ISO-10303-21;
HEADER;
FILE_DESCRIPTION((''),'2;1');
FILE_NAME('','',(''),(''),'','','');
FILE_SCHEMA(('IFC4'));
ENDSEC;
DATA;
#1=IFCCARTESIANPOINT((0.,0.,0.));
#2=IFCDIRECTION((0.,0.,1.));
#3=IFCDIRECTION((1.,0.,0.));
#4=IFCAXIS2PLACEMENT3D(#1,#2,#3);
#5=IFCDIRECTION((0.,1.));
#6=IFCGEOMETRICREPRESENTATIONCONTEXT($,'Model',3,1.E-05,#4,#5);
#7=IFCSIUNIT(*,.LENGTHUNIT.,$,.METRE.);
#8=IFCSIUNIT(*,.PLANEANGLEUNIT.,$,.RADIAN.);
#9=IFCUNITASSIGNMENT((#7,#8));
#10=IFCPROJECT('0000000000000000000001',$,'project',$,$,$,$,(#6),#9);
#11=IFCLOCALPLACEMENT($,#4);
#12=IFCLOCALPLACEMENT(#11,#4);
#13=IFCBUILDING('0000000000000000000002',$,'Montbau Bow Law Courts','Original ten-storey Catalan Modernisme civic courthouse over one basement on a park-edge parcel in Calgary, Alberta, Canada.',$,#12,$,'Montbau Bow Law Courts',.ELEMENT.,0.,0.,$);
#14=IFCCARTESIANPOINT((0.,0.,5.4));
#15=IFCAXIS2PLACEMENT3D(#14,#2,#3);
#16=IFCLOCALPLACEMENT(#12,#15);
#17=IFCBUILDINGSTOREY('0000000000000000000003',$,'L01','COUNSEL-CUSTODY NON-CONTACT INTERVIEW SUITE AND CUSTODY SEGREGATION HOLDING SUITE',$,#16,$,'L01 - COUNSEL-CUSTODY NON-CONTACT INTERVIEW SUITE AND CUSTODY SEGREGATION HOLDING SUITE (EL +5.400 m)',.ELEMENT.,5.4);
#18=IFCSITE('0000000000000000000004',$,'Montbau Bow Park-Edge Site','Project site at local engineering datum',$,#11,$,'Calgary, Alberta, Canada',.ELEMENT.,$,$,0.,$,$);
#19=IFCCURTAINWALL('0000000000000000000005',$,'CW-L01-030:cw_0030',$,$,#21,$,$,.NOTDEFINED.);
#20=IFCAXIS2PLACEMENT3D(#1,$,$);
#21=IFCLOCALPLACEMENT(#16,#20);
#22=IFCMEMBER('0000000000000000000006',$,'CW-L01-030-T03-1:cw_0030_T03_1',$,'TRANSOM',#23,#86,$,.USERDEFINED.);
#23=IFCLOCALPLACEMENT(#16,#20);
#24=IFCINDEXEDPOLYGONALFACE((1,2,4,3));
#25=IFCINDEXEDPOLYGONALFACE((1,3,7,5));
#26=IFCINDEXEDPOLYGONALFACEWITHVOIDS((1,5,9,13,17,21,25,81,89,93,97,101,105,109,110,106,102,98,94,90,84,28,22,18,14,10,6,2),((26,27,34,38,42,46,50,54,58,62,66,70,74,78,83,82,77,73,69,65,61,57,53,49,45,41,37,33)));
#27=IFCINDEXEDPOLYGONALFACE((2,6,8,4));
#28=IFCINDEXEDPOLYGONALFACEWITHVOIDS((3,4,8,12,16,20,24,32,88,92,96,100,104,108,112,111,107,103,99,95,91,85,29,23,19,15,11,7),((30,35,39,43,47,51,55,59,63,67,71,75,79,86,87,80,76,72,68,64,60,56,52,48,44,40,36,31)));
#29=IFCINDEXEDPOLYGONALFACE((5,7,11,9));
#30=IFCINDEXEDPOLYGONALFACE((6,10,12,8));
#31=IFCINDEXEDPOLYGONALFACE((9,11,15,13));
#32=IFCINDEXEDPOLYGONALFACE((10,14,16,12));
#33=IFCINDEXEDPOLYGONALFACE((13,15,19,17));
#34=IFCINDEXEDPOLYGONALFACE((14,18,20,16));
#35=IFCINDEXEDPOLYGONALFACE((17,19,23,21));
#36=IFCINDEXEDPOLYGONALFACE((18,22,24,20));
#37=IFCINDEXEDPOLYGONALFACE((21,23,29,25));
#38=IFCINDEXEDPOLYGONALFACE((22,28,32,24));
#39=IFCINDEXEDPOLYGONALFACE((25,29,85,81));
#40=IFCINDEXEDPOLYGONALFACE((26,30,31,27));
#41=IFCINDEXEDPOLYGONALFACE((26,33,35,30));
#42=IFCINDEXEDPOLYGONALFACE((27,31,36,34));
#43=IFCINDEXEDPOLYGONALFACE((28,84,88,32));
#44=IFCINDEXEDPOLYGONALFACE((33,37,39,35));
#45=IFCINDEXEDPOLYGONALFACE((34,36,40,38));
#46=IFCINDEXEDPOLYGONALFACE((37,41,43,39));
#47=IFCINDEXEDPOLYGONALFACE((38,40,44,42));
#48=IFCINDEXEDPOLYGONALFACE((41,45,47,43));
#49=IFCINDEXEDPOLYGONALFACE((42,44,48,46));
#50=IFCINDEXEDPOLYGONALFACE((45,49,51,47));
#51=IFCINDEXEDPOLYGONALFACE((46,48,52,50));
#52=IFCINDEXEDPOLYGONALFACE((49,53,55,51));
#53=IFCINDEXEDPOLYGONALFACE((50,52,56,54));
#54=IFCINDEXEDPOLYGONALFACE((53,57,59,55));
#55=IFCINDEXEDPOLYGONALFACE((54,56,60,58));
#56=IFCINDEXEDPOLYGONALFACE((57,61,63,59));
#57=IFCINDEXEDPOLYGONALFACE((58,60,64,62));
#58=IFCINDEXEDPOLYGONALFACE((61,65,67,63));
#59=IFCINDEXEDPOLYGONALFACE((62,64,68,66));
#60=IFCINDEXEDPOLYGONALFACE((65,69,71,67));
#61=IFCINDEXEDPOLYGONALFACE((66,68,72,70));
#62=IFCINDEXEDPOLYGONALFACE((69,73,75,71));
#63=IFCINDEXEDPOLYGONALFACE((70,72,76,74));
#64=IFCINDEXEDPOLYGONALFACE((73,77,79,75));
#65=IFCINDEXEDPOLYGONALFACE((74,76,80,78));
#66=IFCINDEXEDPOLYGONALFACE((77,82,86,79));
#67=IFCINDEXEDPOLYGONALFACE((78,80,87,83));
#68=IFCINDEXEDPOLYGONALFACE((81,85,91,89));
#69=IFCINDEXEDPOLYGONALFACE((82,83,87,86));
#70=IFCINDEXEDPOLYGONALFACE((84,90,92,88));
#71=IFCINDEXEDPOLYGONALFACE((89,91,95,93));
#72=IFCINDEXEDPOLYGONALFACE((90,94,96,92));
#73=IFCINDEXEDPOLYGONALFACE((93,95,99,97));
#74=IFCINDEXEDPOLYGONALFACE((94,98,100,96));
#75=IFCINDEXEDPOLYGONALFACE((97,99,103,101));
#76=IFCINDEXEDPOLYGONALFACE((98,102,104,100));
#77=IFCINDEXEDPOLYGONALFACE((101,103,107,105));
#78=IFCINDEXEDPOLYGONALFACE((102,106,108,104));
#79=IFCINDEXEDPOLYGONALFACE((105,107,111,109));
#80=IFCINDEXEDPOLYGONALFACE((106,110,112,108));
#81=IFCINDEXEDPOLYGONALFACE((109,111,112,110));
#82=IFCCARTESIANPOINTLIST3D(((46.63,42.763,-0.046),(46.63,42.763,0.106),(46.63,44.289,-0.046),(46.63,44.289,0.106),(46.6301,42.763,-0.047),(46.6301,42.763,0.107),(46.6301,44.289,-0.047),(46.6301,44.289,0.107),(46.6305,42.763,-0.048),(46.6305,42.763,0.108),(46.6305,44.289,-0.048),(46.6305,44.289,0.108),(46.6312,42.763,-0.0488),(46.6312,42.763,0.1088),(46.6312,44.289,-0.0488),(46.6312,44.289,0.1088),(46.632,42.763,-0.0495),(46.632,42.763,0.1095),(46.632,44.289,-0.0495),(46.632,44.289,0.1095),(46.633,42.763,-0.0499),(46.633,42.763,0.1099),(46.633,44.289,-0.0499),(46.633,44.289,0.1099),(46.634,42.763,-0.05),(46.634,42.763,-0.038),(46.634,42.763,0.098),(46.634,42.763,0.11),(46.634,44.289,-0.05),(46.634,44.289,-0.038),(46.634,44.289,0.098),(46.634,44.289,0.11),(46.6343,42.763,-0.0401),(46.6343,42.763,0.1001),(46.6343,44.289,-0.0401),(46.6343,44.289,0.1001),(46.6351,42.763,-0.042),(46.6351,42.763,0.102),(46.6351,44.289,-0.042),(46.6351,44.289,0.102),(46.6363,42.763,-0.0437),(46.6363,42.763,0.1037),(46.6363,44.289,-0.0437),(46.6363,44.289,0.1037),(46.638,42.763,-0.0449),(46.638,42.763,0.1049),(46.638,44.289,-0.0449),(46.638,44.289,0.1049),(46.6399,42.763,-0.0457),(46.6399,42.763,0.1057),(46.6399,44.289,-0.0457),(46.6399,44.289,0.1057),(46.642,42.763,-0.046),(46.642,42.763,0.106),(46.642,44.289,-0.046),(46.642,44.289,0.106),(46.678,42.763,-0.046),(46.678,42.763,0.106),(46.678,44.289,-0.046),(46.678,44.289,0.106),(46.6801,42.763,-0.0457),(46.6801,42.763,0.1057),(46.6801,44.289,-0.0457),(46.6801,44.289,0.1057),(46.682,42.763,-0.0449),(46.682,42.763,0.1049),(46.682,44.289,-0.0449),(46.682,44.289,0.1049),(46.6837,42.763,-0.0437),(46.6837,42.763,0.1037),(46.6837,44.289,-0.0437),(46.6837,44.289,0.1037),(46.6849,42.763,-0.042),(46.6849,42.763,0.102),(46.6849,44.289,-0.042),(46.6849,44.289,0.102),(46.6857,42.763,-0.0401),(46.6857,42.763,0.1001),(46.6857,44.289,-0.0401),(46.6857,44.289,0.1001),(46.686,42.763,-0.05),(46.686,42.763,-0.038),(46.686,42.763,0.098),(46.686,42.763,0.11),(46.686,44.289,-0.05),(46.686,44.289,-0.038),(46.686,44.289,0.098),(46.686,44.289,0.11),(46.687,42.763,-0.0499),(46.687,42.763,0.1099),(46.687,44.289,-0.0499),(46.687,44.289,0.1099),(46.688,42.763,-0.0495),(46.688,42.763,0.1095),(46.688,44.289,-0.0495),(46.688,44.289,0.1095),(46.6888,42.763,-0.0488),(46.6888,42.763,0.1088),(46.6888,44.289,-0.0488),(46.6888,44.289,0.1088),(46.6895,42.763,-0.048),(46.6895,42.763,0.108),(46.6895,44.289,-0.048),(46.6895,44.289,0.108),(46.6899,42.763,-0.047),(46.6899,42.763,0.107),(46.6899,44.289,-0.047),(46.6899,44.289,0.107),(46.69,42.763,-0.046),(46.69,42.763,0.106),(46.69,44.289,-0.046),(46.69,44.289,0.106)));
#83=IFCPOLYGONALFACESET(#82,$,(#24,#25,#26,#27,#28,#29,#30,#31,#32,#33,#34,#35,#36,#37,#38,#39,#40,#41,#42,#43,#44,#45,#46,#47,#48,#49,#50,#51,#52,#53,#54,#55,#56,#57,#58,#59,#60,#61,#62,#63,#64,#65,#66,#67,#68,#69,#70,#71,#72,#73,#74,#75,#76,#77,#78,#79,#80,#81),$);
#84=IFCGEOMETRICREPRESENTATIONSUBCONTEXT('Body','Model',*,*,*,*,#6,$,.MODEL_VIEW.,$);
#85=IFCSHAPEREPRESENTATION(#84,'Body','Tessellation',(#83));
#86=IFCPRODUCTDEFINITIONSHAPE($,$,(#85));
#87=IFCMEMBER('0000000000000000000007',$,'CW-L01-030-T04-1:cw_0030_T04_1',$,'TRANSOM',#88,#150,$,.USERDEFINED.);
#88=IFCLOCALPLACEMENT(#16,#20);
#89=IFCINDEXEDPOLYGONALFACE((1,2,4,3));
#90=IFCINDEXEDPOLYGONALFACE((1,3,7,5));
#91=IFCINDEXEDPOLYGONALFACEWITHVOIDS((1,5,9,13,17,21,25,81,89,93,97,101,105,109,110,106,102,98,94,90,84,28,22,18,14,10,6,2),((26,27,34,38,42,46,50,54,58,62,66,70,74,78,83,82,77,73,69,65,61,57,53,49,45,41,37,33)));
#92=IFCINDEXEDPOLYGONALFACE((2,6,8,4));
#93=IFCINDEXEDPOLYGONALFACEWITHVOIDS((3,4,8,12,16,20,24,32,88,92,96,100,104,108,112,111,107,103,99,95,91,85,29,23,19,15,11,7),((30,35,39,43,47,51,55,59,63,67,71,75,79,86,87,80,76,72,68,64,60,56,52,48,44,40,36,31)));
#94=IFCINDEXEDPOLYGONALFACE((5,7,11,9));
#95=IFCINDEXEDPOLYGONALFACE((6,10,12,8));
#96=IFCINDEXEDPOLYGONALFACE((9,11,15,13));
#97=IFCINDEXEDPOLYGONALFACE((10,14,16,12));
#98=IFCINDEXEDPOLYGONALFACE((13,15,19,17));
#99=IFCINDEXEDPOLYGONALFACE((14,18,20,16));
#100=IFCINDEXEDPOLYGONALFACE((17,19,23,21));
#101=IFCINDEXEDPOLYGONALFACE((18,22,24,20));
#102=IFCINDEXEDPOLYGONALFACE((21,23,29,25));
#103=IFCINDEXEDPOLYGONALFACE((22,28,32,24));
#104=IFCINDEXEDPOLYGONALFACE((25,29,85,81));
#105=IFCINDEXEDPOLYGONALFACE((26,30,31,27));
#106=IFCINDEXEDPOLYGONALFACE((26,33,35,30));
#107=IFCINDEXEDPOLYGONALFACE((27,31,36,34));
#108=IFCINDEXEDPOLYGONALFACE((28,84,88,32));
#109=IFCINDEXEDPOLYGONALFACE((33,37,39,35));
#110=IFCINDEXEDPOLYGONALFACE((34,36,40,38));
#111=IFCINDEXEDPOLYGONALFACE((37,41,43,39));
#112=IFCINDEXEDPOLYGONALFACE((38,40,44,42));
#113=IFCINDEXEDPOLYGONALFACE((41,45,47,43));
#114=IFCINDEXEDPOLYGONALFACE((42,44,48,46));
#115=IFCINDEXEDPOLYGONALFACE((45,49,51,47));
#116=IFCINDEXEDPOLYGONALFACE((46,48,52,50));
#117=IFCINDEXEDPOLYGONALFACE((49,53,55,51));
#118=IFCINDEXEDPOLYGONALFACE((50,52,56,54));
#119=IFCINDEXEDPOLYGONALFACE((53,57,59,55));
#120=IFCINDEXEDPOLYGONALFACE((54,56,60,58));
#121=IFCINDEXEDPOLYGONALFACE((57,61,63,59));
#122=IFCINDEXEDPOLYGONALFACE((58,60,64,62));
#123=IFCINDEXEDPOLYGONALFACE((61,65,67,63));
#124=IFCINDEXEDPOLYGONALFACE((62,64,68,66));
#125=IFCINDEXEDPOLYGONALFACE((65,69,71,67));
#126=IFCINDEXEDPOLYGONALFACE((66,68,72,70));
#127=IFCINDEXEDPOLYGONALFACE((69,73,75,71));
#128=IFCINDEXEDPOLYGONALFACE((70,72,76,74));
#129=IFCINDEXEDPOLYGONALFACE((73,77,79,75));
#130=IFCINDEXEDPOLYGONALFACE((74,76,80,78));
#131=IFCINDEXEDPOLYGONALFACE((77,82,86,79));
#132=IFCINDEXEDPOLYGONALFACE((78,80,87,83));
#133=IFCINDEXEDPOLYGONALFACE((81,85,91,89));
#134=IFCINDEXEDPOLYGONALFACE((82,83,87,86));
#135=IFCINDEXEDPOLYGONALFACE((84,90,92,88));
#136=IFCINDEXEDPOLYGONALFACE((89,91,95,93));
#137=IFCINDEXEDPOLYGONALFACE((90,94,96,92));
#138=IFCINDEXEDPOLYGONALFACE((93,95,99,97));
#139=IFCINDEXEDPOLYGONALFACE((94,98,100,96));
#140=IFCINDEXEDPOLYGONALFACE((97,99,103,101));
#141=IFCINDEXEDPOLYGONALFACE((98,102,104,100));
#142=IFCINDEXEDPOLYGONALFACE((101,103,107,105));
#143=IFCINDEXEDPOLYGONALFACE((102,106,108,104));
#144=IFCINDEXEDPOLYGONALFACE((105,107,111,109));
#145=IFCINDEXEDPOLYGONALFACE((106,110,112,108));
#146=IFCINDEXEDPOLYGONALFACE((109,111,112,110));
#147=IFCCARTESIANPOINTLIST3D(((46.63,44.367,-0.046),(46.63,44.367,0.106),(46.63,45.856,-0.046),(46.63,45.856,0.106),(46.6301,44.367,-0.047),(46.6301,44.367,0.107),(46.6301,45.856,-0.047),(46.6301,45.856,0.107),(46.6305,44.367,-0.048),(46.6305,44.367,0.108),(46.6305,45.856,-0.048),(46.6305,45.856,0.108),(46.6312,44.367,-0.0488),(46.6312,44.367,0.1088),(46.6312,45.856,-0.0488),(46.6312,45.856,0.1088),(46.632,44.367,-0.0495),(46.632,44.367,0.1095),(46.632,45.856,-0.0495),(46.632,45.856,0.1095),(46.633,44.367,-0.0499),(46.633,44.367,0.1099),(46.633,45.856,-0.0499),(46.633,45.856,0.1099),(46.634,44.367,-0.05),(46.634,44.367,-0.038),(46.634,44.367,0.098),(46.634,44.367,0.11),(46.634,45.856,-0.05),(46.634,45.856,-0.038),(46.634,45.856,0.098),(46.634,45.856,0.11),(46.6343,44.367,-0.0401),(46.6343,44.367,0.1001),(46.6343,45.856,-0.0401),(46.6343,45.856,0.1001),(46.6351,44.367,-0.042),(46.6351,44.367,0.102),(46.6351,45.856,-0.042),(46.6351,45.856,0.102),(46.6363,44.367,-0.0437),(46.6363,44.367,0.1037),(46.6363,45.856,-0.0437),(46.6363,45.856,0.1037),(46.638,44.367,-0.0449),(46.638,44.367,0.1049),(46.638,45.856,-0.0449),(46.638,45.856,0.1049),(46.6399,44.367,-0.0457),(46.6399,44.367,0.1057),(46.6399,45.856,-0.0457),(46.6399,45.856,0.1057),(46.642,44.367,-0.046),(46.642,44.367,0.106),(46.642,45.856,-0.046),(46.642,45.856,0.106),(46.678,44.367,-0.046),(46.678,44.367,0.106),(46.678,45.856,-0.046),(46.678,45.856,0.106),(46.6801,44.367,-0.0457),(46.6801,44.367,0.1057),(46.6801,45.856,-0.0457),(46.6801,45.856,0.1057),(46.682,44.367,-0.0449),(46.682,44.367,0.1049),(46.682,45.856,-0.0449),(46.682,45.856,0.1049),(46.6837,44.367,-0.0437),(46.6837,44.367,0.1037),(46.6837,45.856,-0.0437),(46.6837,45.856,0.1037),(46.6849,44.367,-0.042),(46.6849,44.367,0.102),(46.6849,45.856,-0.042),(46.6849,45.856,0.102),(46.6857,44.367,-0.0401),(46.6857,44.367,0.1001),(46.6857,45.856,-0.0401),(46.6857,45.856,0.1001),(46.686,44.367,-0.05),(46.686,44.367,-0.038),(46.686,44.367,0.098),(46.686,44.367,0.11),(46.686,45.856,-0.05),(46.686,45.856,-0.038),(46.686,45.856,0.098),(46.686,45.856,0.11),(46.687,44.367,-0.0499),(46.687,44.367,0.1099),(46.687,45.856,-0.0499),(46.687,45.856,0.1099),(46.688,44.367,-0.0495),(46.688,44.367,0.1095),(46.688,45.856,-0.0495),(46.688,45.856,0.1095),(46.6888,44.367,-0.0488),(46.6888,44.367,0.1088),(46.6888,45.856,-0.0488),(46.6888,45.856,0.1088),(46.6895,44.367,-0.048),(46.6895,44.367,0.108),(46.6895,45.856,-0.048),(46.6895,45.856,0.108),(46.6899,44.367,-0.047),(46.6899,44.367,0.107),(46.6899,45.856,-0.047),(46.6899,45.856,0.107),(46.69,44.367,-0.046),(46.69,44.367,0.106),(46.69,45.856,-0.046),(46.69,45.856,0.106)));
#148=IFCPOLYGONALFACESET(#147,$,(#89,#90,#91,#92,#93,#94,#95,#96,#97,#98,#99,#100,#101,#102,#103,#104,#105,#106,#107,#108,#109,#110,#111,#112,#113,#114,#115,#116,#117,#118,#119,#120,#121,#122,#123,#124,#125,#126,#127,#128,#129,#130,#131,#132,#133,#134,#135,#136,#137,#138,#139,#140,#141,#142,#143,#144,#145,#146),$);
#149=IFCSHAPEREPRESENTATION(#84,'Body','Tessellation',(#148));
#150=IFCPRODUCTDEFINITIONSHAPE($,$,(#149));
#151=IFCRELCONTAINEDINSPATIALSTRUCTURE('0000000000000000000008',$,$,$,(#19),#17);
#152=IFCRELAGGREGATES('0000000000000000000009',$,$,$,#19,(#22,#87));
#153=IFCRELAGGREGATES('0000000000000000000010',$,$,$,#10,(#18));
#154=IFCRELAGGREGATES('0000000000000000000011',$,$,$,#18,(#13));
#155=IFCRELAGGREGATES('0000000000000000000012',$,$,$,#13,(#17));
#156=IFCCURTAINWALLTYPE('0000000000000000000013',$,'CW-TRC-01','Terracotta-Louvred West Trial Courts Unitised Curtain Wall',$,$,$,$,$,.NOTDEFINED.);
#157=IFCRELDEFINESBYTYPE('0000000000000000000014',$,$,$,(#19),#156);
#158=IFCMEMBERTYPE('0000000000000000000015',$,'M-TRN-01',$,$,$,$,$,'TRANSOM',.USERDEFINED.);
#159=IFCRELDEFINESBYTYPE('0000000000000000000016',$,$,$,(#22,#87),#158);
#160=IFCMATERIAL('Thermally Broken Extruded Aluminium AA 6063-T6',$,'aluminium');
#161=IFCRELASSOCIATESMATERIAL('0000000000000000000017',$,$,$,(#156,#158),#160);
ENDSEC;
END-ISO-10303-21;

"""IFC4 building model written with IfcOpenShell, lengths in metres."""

from ifc_helpers import new_model, si_unit, direction, frame, origin_with_axes, origin_2d_with_axis, place, context, subcontext, project, spatial, hollow_rectangle, extrude, material, material_profile, profile_set, type_object, element, aggregate, save


model = new_model("IFC4")

# Units and contexts
model_context = context("Model", 3, precision=1e-05, world=origin_with_axes(), true_north=direction((0.0, 1.0)))
body_context = subcontext(model_context, "Body", "Model", "MODEL_VIEW")
ifc_project = project(units=[si_unit("LENGTHUNIT", "METRE"), si_unit("PLANEANGLEUNIT", "RADIAN")], contexts=[model_context])

# Site, building, storey
site_placement = place(None, origin_with_axes())
site = spatial("IfcSite", under=ifc_project, at=site_placement, Name="Montbau Bow Park-Edge Site", Description="Project site at local engineering datum", LongName="Calgary, Alberta, Canada", CompositionType="ELEMENT", RefElevation=0.0)
building_placement = place(site_placement, origin_with_axes())
building = spatial("IfcBuilding", under=site, at=building_placement, Name="Montbau Bow Law Courts", Description="Original ten-storey Catalan Modernisme civic courthouse over one basement on a park-edge parcel in Calgary, Alberta, Canada.", LongName="Montbau Bow Law Courts", CompositionType="ELEMENT", ElevationOfRefHeight=0.0, ElevationOfTerrain=0.0)
storey_placement = place(building_placement, frame((0.0, 0.0, 5.4), z_axis=(0.0, 0.0, 1.0), x_axis=(1.0, 0.0, 0.0)))
storey = spatial("IfcBuildingStorey", under=building, at=storey_placement, Name="L01", Description="COUNSEL-CUSTODY NON-CONTACT INTERVIEW SUITE AND CUSTODY SEGREGATION HOLDING SUITE", LongName="L01 - COUNSEL-CUSTODY NON-CONTACT INTERVIEW SUITE AND CUSTODY SEGREGATION HOLDING SUITE (EL +5.400 m)", CompositionType="ELEMENT", Elevation=5.4)

# Curtain wall
ifc_material_1 = material(Name="Thermally Broken Extruded Aluminium AA 6063-T6", Category="aluminium")
curtain_wall_type_1 = type_object("IfcCurtainWallType", Name="CW-TRC-01", Description="Terracotta-Louvred West Trial Courts Unitised Curtain Wall", PredefinedType="NOTDEFINED", material=ifc_material_1)
curtain_wall_1_placement = place(None, frame((46.66, 39.515, 5.4), z_axis=(0.0, 0.0, 1.0), x_axis=(1.0, 0.0, 0.0)))
curtain_wall_1 = element("IfcCurtainWall", 1, at=curtain_wall_1_placement, inside=storey, type_object=curtain_wall_type_1, Name="CW-L01-030:cw_0030", PredefinedType="NOTDEFINED")

# Members
ifc_material_profile_1 = material_profile(ifc_material_1, hollow_rectangle(XDim=0.06, YDim=0.16, WallThickness=0.004, InnerFilletRadius=0.008, OuterFilletRadius=0.004, at=origin_2d_with_axis()), Name="CWT-160X60", Category="Main", Priority=0)
ifc_profile_set_1 = profile_set([ifc_material_profile_1], Name="Thermally Broken Extruded Aluminium AA 6063-T6")
member_type_1 = type_object("IfcMemberType", Name="M-TRN-01", ElementType="TRANSOM", PredefinedType="USERDEFINED", material=ifc_profile_set_1)
member_1_placement = place(None, frame((46.66, 42.763, 5.43), z_axis=(0.0, 1.0, 0.0), x_axis=(-1.0, 0.0, 0.0)))
member_1 = element("IfcMember", 2, at=member_1_placement, type_object=member_type_1, Name="CW-L01-030-T03-1:cw_0030_T03_1", ObjectType="TRANSOM", PredefinedType="USERDEFINED", context=body_context, shape_type="SweptSolid", body=[
    extrude(hollow_rectangle(XDim=0.06, YDim=0.16, WallThickness=0.004, InnerFilletRadius=0.008, OuterFilletRadius=0.004, at=origin_2d_with_axis()), origin_with_axes(), (0.0, 0.0, 1.0), 1.526),
])
member_2_placement = place(None, frame((46.66, 44.367, 5.43), z_axis=(0.0, 1.0, 0.0), x_axis=(-1.0, 0.0, 0.0)))
member_2 = element("IfcMember", 3, at=member_2_placement, type_object=member_type_1, Name="CW-L01-030-T04-1:cw_0030_T04_1", ObjectType="TRANSOM", PredefinedType="USERDEFINED", context=body_context, shape_type="SweptSolid", body=[
    extrude(hollow_rectangle(XDim=0.06, YDim=0.16, WallThickness=0.004, InnerFilletRadius=0.008, OuterFilletRadius=0.004, at=origin_2d_with_axis()), origin_with_axes(), (0.0, 0.0, 1.0), 1.489),
])
aggregate(curtain_wall_1, [member_1, member_2])

save(model, "model.ifc")
